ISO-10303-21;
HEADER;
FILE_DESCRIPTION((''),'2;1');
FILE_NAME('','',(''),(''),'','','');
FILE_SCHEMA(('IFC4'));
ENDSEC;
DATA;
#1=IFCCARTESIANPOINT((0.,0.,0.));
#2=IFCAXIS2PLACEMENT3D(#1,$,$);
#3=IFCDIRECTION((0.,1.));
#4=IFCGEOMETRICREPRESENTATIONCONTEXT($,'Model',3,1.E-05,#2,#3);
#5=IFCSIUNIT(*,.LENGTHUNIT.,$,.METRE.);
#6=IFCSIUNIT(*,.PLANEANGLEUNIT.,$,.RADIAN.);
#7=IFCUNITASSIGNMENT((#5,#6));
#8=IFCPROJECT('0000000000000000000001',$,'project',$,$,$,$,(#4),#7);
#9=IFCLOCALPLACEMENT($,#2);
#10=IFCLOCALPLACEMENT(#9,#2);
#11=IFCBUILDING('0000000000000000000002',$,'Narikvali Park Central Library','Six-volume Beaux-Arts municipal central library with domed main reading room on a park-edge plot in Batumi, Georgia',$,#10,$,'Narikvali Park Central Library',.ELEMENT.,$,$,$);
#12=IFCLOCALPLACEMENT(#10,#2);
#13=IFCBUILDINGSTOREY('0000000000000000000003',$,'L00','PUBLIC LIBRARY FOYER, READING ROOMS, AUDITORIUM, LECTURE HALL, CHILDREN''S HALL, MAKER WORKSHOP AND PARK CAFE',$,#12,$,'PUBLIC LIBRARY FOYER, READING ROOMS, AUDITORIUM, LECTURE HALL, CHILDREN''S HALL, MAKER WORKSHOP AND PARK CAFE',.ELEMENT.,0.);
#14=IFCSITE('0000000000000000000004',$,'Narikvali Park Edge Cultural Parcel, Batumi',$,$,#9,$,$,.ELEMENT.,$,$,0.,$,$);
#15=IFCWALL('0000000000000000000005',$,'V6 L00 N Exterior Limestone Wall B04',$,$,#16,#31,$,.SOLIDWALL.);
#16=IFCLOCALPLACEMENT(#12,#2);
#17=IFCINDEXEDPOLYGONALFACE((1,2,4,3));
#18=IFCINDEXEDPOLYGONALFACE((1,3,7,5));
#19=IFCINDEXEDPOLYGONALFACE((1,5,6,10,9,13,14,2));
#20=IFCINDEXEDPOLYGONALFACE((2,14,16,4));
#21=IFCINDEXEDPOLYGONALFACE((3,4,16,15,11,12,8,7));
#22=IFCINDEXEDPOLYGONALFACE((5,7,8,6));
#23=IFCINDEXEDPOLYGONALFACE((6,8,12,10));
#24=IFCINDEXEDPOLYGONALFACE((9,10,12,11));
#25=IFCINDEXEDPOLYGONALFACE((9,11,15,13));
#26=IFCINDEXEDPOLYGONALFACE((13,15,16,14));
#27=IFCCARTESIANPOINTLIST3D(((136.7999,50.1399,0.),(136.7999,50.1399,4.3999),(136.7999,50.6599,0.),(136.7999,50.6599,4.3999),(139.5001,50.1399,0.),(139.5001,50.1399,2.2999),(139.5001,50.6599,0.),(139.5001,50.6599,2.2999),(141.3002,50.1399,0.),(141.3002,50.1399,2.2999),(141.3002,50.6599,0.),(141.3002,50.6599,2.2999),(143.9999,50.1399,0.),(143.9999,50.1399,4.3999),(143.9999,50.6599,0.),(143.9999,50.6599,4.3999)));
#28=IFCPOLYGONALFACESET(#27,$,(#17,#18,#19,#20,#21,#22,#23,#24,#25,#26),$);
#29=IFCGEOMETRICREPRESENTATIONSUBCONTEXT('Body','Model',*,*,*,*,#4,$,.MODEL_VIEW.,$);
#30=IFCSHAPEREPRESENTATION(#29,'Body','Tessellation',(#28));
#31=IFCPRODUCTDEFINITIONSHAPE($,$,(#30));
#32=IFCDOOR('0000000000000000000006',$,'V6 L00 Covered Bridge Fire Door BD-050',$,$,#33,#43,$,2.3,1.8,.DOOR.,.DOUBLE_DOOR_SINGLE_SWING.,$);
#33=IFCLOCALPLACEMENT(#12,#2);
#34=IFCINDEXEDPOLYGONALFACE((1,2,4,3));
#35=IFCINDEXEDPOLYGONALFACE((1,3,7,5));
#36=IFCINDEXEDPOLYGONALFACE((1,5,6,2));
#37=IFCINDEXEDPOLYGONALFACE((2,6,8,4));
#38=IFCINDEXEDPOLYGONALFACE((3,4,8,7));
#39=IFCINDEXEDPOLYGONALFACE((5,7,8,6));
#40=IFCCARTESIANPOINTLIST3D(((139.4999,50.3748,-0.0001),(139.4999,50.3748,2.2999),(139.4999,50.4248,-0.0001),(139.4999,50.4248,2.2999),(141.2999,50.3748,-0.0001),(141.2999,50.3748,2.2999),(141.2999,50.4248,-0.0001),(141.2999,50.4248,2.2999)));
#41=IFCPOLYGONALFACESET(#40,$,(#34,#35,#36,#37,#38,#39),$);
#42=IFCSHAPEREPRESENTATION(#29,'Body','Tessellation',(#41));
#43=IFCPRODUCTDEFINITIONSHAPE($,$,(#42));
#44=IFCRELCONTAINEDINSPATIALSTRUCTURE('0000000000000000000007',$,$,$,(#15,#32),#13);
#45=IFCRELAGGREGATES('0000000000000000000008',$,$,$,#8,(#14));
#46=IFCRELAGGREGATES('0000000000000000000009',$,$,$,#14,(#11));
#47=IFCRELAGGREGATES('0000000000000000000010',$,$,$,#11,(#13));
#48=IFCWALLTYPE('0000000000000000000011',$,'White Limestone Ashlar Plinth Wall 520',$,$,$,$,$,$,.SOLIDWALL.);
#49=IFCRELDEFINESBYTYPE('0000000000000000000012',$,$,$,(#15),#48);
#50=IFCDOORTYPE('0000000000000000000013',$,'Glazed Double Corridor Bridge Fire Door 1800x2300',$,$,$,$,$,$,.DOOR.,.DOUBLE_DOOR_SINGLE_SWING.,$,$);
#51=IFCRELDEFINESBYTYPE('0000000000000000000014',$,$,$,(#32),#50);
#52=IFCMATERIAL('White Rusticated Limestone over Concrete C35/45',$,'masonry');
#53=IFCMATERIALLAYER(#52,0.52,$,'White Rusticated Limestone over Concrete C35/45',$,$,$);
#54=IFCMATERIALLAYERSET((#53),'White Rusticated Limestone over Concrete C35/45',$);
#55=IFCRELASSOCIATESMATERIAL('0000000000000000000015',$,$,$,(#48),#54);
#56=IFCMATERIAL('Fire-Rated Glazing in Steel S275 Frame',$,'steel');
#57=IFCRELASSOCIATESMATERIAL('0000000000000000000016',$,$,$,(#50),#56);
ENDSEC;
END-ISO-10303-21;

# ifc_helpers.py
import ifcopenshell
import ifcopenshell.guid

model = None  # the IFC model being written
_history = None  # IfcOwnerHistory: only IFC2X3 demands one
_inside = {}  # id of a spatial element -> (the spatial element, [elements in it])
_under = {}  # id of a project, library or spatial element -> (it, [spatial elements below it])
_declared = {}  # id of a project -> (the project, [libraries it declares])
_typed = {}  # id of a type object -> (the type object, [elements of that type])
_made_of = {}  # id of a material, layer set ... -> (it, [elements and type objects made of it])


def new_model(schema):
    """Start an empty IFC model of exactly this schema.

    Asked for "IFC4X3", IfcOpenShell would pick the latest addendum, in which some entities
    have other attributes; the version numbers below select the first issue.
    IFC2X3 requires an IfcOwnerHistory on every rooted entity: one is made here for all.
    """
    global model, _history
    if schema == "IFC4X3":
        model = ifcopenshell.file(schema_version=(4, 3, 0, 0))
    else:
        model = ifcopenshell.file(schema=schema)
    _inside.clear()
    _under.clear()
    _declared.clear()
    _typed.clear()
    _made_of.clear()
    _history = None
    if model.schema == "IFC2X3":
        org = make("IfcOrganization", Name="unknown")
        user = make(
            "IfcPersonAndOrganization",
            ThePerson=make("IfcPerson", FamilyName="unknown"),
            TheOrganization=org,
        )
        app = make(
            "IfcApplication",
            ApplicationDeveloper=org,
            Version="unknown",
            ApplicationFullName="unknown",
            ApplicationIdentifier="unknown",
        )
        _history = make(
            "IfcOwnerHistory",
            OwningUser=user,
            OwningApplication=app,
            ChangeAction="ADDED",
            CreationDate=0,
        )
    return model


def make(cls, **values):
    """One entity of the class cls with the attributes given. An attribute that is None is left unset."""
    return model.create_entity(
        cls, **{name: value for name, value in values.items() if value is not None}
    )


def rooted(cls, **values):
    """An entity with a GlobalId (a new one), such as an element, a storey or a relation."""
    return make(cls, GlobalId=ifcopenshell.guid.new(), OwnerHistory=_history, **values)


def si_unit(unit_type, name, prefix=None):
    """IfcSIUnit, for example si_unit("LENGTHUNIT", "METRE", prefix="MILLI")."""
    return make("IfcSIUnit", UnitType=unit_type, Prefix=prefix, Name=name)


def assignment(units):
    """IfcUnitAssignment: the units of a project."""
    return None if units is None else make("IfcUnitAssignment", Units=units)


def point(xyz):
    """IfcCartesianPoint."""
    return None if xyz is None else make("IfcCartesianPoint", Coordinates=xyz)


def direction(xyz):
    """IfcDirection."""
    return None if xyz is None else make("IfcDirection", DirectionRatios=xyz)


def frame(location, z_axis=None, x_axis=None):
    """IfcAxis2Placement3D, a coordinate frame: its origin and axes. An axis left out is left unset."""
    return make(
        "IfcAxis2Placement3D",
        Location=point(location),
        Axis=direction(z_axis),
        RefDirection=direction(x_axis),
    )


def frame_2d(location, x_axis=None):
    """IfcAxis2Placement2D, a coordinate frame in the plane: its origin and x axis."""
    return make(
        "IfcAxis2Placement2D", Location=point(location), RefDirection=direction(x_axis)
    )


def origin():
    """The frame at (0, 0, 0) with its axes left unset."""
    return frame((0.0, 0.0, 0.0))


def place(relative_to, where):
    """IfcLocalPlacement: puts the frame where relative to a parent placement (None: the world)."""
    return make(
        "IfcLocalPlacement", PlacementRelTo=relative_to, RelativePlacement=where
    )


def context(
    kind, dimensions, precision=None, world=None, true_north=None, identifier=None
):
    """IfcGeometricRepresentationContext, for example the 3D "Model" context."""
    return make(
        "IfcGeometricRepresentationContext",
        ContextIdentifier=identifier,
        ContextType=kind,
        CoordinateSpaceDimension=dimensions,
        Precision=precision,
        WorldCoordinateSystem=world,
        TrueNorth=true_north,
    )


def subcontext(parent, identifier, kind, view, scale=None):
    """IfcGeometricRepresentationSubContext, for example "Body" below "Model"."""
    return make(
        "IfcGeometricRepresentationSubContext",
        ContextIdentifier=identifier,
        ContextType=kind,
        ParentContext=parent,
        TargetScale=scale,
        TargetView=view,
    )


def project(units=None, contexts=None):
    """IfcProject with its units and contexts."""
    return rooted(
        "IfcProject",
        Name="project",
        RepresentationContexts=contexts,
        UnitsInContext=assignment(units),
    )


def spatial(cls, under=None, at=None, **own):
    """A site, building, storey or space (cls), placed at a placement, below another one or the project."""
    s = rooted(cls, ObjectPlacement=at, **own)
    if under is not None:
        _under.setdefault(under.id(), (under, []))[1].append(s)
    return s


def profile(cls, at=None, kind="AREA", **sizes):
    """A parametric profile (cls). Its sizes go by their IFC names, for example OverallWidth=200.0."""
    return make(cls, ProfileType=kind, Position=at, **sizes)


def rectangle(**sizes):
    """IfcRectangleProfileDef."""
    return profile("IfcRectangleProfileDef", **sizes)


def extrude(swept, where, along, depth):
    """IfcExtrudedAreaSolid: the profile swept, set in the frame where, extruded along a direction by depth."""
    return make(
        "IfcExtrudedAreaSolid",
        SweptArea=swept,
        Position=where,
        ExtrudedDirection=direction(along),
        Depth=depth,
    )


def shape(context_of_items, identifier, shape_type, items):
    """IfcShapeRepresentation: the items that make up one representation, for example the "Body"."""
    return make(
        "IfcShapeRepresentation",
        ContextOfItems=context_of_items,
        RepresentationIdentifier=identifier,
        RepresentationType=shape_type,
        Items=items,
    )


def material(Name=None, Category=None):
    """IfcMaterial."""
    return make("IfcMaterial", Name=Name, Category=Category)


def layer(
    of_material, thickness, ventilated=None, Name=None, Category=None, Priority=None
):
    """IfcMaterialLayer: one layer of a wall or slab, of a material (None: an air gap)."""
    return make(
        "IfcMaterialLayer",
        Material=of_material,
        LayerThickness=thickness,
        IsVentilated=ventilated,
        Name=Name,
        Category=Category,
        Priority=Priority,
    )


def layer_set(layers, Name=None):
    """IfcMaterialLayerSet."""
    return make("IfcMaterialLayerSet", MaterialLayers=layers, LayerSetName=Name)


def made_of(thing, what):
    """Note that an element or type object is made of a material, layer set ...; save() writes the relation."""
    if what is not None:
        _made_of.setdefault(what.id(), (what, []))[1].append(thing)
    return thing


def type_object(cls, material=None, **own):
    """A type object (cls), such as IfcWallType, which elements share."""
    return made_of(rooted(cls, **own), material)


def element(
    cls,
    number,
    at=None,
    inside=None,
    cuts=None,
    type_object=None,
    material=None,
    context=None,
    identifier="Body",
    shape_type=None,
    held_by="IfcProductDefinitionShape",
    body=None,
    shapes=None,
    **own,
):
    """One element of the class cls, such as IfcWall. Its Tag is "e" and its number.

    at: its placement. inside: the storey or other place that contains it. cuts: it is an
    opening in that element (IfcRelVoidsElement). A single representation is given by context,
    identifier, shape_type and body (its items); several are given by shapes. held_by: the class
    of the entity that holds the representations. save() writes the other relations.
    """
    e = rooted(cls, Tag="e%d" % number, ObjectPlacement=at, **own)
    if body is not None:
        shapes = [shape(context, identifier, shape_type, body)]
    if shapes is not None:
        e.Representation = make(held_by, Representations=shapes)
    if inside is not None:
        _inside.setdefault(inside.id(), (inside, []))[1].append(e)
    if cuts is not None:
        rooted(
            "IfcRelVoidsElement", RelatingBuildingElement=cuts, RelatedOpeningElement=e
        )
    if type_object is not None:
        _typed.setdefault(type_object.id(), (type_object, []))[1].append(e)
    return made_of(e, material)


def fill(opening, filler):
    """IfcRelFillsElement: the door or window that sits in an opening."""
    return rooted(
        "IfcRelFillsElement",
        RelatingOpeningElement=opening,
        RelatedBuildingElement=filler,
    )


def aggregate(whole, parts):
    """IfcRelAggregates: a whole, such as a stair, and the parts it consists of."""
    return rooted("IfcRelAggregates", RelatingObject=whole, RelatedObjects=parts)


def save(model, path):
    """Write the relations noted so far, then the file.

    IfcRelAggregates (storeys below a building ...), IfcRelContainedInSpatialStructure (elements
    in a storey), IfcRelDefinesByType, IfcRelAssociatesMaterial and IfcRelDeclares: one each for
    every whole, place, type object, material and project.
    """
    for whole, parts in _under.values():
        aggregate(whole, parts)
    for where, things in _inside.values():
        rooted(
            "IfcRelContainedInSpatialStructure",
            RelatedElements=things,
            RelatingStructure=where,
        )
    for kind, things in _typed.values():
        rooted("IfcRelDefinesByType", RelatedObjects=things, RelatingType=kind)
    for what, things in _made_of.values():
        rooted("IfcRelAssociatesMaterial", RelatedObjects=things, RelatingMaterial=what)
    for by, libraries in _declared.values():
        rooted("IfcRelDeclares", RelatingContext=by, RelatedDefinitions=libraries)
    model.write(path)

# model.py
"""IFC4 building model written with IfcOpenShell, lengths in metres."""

from ifc_helpers import new_model, si_unit, direction, frame, frame_2d, origin, place, context, subcontext, project, spatial, rectangle, extrude, material, layer, layer_set, type_object, element, fill, save


model = new_model("IFC4")

# Units and contexts
model_context = context("Model", 3, precision=1e-05, world=origin(), true_north=direction((0.0, 1.0)))
body_context = subcontext(model_context, "Body", "Model", "MODEL_VIEW")
ifc_project = project(units=[si_unit("LENGTHUNIT", "METRE"), si_unit("PLANEANGLEUNIT", "RADIAN")], contexts=[model_context])

# Site, building, storey
site_placement = place(None, origin())
site = spatial("IfcSite", under=ifc_project, at=site_placement, Name="Narikvali Park Edge Cultural Parcel, Batumi", CompositionType="ELEMENT", RefElevation=0.0)
building_placement = place(site_placement, origin())
building = spatial("IfcBuilding", under=site, at=building_placement, Name="Narikvali Park Central Library", Description="Six-volume Beaux-Arts municipal central library with domed main reading room on a park-edge plot in Batumi, Georgia", LongName="Narikvali Park Central Library", CompositionType="ELEMENT")
storey_placement = place(building_placement, origin())
storey = spatial("IfcBuildingStorey", under=building, at=storey_placement, Name="L00", Description="PUBLIC LIBRARY FOYER, READING ROOMS, AUDITORIUM, LECTURE HALL, CHILDREN'S HALL, MAKER WORKSHOP AND PARK CAFE", LongName="PUBLIC LIBRARY FOYER, READING ROOMS, AUDITORIUM, LECTURE HALL, CHILDREN'S HALL, MAKER WORKSHOP AND PARK CAFE", CompositionType="ELEMENT", Elevation=0.0)

# Wall, opening, door
ifc_material_1 = material(Name="White Rusticated Limestone over Concrete C35/45", Category="masonry")
ifc_layer_1 = layer(ifc_material_1, 0.52, Name="White Rusticated Limestone over Concrete C35/45")
ifc_layer_set_1 = layer_set([ifc_layer_1], Name="White Rusticated Limestone over Concrete C35/45")
wall_type_1 = type_object("IfcWallType", Name="White Limestone Ashlar Plinth Wall 520", PredefinedType="SOLIDWALL", material=ifc_layer_set_1)
wall_1_placement = place(storey_placement, frame((144.0, 50.3999, 0.0), z_axis=(0.0, 0.0, 1.0), x_axis=(-1.0, 0.0, 0.0)))
wall_1 = element("IfcWall", 1, at=wall_1_placement, inside=storey, type_object=wall_type_1, Name="V6 L00 N Exterior Limestone Wall B04", PredefinedType="SOLIDWALL", context=body_context, shape_type="SweptSolid", body=[
    extrude(rectangle(XDim=7.2, YDim=0.52, at=frame_2d((3.6001, 0.0))), origin(), (0.0, 0.0, 1.0), 4.3999),
])
opening_placement = place(wall_1_placement, frame((2.7, 0.0, 0.0)))
opening = element("IfcOpeningElement", 2, at=opening_placement, cuts=wall_1, PredefinedType="OPENING", context=body_context, shape_type="SweptSolid", body=[
    extrude(rectangle(XDim=1.8, YDim=2.3, at=frame_2d((0.8999, 1.1499))), frame((0.0, 0.272, 0.0), z_axis=(0.0, -1.0, 0.0), x_axis=(1.0, 0.0, 0.0)), (0.0, 0.0, 1.0), 0.5439),
])
ifc_material_2 = material(Name="Fire-Rated Glazing in Steel S275 Frame", Category="steel")
door_type = type_object("IfcDoorType", Name="Glazed Double Corridor Bridge Fire Door 1800x2300", OperationType="DOUBLE_DOOR_SINGLE_SWING", PredefinedType="DOOR", material=ifc_material_2)
door_placement = place(opening_placement, frame((1.8, 0.0, 0.0), z_axis=(0.0, 0.0, 1.0), x_axis=(-1.0, 0.0, 0.0)))
door = element("IfcDoor", 3, at=door_placement, inside=storey, type_object=door_type, Name="V6 L00 Covered Bridge Fire Door BD-050", OperationType="DOUBLE_DOOR_SINGLE_SWING", OverallHeight=2.3, OverallWidth=1.8, PredefinedType="DOOR", context=body_context, shape_type="SweptSolid", body=[
    extrude(rectangle(XDim=1.8, YDim=2.3, at=frame_2d((0.8999, 1.1499))), frame((0.0, 0.0249, 0.0), z_axis=(0.0, -1.0, 0.0), x_axis=(1.0, 0.0, 0.0)), (0.0, 0.0, 1.0), 0.05),
])
fill(opening, door)

save(model, "model.ifc")
